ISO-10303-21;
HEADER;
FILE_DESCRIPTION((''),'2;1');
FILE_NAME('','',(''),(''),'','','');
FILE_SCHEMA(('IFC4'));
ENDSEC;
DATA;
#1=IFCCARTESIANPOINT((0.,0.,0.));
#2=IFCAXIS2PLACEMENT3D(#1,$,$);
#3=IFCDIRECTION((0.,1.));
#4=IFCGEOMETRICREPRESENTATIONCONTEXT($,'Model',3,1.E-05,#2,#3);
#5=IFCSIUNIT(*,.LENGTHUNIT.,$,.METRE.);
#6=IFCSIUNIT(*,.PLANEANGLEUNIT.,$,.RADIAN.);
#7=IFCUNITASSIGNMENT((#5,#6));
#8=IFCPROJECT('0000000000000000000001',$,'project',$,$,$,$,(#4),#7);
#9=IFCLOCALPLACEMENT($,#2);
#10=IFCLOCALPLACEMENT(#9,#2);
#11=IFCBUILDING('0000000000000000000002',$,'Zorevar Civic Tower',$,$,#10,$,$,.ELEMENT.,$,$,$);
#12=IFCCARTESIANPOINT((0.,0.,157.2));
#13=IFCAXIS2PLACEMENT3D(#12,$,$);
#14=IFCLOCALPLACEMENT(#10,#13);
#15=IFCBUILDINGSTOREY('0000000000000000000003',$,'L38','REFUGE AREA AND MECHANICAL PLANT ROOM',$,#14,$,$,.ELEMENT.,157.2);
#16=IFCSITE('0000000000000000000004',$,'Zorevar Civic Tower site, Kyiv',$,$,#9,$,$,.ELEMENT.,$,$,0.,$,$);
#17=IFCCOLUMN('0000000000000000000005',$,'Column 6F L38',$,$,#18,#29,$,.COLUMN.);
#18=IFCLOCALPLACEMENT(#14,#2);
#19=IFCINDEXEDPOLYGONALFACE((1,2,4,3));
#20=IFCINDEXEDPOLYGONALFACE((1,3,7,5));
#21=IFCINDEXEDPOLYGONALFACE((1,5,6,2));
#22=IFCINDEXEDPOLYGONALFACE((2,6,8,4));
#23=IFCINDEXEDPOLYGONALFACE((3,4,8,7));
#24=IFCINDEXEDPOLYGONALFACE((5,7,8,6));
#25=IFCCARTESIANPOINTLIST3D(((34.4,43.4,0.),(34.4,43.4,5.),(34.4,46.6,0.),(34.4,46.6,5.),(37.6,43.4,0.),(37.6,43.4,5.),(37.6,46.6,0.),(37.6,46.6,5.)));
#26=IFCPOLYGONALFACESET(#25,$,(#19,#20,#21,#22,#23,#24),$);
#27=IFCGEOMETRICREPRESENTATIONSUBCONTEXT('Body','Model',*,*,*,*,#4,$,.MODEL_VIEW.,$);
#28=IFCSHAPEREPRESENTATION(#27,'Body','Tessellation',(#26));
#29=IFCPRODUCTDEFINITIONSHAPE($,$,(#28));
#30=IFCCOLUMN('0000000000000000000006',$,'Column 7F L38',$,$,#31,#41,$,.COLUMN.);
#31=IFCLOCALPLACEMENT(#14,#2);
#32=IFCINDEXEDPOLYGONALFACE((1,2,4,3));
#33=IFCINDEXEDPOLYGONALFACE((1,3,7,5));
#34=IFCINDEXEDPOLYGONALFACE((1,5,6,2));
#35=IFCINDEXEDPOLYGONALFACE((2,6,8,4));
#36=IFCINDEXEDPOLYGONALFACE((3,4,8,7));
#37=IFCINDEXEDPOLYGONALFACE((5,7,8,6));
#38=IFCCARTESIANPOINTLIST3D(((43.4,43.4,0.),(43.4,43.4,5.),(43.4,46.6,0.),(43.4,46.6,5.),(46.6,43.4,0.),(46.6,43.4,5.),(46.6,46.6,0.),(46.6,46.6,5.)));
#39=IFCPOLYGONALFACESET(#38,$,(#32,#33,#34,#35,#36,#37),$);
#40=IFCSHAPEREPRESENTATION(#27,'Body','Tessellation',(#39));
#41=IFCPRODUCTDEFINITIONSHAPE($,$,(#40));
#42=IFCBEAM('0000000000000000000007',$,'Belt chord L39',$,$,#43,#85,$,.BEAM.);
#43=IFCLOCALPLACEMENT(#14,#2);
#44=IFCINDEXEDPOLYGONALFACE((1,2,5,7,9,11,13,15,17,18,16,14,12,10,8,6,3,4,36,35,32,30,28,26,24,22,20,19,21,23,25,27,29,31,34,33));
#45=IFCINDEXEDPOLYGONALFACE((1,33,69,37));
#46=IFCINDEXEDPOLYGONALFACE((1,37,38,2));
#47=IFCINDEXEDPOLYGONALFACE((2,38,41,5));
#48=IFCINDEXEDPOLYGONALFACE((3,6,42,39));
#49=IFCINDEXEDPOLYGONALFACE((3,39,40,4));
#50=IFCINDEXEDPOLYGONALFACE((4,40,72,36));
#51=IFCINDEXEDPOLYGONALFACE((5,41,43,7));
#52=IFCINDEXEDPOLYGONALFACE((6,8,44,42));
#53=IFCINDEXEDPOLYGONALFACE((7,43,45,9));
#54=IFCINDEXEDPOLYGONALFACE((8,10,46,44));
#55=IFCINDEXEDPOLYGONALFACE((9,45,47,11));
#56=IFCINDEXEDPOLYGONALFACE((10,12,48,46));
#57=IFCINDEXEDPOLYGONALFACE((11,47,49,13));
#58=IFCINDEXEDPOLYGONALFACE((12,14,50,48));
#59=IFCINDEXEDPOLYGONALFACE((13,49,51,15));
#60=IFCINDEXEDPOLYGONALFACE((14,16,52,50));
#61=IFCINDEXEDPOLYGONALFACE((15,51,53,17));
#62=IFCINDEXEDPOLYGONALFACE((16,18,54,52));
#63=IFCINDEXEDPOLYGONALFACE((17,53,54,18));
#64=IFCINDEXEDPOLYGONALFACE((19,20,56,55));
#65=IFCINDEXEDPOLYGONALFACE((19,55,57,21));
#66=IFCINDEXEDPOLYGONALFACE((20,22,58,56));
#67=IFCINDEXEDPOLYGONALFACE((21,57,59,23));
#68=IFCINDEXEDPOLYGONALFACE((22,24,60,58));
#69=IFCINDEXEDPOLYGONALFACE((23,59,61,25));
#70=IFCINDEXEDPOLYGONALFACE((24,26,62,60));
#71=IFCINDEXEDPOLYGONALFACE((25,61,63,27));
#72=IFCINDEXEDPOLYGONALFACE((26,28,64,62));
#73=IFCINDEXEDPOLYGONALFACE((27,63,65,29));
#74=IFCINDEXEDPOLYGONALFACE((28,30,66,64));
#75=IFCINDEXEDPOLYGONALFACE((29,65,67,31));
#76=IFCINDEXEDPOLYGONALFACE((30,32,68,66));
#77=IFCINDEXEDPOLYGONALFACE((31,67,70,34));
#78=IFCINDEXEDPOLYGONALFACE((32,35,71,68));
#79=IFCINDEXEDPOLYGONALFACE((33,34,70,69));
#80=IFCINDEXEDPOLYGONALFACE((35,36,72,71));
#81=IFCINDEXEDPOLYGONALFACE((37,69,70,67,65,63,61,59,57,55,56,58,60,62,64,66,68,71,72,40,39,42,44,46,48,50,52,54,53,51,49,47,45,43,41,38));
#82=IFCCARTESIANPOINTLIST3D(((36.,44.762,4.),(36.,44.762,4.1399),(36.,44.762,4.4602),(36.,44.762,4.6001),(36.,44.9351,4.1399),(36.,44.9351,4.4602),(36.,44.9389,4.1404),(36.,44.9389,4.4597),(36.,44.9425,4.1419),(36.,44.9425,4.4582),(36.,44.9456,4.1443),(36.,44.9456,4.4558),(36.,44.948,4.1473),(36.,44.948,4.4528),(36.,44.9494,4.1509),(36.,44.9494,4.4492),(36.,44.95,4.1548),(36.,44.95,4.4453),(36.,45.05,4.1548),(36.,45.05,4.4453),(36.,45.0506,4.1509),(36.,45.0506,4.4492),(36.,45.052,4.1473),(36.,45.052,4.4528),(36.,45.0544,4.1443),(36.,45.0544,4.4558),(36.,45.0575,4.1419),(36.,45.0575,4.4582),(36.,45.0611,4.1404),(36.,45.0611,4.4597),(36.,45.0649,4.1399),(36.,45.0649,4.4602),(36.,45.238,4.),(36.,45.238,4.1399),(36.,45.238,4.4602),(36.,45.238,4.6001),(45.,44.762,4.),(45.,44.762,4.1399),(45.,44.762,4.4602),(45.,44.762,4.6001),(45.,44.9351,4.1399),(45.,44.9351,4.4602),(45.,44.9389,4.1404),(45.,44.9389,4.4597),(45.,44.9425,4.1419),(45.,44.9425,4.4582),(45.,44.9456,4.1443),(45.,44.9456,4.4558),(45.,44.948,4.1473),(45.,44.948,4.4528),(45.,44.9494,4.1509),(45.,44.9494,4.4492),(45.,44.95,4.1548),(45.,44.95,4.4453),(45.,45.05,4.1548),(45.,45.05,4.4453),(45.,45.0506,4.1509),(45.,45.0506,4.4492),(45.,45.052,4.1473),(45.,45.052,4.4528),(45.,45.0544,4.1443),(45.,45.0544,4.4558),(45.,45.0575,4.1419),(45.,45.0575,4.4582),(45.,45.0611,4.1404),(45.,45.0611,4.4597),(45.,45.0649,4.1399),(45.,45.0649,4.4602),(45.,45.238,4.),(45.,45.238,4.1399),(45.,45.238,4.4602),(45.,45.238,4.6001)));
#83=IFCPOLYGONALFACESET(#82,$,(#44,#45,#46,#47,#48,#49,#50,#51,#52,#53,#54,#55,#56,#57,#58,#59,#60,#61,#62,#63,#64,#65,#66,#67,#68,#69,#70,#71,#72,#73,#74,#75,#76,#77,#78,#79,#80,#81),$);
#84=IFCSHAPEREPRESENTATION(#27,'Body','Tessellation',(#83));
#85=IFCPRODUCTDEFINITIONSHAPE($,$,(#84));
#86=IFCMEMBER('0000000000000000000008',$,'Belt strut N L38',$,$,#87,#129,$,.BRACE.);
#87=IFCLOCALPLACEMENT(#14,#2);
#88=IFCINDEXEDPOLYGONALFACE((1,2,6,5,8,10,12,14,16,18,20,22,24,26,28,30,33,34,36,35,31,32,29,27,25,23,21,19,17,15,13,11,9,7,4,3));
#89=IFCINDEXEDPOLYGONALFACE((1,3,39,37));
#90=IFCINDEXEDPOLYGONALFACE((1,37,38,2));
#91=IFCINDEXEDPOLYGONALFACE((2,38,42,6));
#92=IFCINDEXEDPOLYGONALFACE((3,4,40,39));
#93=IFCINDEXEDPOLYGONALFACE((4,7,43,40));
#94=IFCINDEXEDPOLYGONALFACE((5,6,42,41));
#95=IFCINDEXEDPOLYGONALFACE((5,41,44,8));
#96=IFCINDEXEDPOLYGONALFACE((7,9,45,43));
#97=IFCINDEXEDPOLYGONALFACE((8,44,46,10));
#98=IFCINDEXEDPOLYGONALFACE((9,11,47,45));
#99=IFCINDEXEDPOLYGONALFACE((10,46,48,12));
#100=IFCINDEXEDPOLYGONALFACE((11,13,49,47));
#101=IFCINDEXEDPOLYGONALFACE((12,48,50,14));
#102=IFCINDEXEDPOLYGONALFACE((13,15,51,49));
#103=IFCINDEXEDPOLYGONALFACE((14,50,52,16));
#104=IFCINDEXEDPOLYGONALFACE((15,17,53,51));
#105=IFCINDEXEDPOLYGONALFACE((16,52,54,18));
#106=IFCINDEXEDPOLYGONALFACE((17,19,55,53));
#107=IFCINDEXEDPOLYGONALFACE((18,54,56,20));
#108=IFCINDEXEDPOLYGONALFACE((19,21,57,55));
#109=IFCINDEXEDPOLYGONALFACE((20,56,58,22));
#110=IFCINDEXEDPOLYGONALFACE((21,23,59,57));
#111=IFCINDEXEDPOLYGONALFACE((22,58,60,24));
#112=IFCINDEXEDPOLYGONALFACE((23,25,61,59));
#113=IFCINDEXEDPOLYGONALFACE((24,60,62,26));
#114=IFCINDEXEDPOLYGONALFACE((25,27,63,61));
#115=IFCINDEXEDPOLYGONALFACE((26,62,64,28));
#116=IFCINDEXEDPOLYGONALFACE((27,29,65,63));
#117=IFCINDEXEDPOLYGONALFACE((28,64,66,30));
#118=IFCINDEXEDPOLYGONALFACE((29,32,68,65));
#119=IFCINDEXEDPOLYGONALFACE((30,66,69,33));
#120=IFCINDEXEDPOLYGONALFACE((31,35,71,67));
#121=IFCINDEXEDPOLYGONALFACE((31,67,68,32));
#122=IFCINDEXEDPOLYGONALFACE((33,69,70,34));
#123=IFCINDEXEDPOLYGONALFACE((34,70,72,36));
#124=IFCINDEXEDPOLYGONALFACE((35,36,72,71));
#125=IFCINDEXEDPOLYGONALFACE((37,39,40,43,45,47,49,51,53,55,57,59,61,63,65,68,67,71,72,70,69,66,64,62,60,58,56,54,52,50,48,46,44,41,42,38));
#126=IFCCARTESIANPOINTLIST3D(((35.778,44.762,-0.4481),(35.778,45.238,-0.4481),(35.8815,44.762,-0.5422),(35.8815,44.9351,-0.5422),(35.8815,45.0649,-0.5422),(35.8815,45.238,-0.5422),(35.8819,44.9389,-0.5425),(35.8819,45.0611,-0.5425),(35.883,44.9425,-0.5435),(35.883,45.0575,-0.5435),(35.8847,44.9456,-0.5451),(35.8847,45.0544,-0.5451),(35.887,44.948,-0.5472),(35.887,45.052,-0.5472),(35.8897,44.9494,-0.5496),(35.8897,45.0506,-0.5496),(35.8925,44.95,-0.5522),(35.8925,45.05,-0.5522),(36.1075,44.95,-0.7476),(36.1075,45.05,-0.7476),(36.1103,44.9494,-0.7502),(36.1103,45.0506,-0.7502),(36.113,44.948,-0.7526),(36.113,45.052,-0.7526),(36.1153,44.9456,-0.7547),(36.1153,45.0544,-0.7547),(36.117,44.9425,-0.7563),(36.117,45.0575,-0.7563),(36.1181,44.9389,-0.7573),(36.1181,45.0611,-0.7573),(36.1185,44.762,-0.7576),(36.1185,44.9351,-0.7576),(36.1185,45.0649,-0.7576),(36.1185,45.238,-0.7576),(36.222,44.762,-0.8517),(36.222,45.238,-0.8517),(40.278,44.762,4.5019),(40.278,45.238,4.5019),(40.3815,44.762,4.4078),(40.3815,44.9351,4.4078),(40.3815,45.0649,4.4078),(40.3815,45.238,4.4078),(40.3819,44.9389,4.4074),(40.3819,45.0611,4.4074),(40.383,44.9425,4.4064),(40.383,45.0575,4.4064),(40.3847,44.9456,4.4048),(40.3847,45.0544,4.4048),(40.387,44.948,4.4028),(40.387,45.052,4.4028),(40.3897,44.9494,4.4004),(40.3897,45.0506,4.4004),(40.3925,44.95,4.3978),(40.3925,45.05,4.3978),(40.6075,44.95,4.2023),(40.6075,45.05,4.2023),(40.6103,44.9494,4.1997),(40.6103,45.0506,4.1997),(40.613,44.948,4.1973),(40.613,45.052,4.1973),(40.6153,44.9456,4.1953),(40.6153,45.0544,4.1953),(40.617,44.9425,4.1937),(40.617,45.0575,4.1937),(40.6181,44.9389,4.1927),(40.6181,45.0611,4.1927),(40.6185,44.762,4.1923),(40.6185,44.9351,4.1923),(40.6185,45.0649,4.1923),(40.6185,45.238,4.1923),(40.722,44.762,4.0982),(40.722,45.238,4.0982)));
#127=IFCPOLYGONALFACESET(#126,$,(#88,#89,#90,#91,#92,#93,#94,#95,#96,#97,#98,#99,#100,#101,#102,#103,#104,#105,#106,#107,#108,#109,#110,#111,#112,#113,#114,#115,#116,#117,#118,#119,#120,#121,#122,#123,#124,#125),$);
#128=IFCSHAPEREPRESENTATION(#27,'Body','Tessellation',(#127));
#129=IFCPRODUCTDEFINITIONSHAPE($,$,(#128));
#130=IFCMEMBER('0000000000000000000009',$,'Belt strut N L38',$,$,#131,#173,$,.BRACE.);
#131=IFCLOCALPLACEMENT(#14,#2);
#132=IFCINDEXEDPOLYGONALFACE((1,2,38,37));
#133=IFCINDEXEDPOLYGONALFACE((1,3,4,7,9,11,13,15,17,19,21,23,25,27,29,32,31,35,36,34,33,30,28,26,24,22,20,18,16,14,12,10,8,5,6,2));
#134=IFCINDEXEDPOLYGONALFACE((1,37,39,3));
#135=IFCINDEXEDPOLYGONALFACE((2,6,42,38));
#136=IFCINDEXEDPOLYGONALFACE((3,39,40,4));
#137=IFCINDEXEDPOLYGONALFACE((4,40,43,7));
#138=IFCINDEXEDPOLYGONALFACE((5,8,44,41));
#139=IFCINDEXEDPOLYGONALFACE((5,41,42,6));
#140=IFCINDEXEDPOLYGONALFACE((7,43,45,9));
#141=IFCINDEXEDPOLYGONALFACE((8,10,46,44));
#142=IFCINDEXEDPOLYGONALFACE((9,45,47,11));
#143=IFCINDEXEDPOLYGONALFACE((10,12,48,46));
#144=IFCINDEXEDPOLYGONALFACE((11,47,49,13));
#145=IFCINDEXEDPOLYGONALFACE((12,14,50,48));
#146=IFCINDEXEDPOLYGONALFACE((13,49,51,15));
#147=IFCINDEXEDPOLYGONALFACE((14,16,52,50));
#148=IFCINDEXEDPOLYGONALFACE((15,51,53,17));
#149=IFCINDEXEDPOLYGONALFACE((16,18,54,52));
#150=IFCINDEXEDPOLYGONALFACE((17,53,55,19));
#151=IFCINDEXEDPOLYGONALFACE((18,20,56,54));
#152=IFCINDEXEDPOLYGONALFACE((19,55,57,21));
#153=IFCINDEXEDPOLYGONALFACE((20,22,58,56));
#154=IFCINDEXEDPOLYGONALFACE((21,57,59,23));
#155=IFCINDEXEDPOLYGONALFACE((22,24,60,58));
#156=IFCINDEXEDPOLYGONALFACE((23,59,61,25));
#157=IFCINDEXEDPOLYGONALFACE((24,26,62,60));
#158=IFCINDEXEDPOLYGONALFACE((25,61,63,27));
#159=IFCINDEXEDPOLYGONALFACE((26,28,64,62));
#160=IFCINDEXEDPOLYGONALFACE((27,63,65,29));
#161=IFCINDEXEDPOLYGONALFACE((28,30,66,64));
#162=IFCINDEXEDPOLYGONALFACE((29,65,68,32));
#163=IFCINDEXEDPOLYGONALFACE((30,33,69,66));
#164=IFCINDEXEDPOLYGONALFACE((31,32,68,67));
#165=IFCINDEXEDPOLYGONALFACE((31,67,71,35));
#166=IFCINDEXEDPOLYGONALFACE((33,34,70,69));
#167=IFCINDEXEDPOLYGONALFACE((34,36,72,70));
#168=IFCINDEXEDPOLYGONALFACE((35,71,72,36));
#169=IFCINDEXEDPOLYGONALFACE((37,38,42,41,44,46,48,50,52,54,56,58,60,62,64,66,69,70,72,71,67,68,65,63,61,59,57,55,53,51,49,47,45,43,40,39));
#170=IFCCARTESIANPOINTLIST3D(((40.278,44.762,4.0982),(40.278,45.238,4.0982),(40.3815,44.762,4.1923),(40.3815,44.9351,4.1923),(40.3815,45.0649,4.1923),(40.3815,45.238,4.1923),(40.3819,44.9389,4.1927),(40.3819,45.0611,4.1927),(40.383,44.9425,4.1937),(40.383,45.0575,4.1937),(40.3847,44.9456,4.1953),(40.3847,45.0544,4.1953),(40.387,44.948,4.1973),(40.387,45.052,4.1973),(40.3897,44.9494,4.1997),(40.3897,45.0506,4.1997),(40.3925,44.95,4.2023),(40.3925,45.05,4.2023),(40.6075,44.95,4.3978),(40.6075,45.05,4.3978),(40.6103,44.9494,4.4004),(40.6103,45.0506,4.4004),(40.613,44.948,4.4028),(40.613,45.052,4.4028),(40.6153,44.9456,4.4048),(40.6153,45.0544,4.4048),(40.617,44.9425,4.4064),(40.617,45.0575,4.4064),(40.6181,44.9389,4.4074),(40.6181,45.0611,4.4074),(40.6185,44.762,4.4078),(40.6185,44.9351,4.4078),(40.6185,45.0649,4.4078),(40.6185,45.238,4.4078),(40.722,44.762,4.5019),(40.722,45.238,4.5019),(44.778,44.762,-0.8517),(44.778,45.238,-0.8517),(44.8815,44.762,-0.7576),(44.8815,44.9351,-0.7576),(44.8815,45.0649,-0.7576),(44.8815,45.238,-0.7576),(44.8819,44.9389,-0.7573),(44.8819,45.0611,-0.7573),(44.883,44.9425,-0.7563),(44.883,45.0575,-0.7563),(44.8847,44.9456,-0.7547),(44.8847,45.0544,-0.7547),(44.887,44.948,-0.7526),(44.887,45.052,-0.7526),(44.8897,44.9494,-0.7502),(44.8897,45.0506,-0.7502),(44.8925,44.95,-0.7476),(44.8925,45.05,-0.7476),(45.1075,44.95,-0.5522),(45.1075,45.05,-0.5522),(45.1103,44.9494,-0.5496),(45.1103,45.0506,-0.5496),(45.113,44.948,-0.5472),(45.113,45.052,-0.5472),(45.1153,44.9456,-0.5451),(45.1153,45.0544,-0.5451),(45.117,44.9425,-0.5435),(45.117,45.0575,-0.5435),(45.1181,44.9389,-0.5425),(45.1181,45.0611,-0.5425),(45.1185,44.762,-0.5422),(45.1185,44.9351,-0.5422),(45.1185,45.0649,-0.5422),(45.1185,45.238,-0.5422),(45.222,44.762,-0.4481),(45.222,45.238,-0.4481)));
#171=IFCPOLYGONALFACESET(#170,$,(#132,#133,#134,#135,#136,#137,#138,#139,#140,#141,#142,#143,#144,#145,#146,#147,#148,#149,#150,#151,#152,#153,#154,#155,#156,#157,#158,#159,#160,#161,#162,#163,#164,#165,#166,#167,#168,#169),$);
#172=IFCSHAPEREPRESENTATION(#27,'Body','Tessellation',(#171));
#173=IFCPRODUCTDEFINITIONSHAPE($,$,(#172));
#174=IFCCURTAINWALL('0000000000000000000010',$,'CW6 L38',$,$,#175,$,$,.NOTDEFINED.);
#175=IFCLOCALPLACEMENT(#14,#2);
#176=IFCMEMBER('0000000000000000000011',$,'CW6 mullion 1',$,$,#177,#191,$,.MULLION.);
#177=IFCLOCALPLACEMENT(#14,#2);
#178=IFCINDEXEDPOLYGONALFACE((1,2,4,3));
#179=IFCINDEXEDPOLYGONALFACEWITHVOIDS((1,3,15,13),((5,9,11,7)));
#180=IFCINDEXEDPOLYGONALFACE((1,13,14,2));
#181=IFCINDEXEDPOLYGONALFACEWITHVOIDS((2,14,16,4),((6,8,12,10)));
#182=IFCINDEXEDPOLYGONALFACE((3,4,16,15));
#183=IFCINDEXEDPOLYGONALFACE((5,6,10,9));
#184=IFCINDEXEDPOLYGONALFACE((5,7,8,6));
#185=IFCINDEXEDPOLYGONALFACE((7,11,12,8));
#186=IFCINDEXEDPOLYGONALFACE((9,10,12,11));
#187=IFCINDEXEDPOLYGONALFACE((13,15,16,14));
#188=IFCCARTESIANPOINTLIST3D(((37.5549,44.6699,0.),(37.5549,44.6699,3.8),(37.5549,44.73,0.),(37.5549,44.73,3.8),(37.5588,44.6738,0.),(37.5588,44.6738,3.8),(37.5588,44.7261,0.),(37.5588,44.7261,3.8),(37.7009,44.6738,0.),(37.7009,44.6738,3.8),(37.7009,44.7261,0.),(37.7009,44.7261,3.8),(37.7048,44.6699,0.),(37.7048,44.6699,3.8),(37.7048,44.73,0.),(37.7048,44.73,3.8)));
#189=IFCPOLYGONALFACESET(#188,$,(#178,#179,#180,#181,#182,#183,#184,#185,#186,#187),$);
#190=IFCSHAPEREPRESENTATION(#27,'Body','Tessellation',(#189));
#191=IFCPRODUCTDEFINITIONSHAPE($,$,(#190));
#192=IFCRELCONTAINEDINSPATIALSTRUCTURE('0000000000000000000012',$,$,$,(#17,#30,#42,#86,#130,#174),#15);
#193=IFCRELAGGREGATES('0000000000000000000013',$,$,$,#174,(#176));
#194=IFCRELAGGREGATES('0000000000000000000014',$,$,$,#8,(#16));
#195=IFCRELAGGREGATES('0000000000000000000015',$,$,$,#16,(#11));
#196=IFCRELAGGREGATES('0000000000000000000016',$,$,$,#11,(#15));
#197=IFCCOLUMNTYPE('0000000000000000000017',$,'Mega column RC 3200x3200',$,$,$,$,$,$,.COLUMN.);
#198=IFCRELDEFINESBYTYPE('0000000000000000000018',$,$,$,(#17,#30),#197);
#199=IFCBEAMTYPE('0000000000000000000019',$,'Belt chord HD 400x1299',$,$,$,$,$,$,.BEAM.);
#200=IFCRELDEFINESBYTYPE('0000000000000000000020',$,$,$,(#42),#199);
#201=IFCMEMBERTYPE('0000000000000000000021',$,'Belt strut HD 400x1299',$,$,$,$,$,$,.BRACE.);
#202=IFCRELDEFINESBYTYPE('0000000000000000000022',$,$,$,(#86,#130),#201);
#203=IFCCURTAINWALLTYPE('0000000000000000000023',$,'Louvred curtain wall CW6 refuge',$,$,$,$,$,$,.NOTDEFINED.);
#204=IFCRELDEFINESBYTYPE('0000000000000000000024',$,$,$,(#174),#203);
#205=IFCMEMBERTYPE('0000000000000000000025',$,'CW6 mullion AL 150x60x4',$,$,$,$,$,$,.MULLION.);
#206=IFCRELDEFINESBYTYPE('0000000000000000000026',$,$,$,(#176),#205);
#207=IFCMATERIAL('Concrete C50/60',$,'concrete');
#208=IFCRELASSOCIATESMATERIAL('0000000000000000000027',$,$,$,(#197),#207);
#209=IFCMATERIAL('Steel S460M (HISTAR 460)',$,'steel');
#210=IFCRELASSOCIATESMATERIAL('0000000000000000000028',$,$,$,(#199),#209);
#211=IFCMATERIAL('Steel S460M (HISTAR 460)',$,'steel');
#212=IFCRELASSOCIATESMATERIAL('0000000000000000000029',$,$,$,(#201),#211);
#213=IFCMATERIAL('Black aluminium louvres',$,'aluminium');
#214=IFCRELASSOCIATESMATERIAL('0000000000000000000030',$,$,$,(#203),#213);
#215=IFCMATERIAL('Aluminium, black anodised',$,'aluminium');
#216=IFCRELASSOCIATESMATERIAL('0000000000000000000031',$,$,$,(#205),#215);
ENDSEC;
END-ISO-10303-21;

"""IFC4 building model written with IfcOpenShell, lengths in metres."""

from ifc_helpers import new_model, si_unit, direction, frame, origin, origin_2d, place, context, subcontext, project, spatial, rectangle, hollow_rectangle, i_section, extrude, material, material_profile, profile_set, type_object, element, aggregate, save


model = new_model("IFC4")

# Units and contexts
model_context = context("Model", 3, precision=1e-05, world=origin(), true_north=direction((0.0, 1.0)))
body_context = subcontext(model_context, "Body", "Model", "MODEL_VIEW")
ifc_project = project(units=[si_unit("LENGTHUNIT", "METRE"), si_unit("PLANEANGLEUNIT", "RADIAN")], contexts=[model_context])

# Site, building, storey
site_placement = place(None, origin())
site = spatial("IfcSite", under=ifc_project, at=site_placement, Name="Zorevar Civic Tower site, Kyiv", CompositionType="ELEMENT", RefElevation=0.0)
building_placement = place(site_placement, origin())
building = spatial("IfcBuilding", under=site, at=building_placement, Name="Zorevar Civic Tower", CompositionType="ELEMENT")
storey_placement = place(building_placement, frame((0.0, 0.0, 157.2)))
storey = spatial("IfcBuildingStorey", under=building, at=storey_placement, Name="L38", Description="REFUGE AREA AND MECHANICAL PLANT ROOM", CompositionType="ELEMENT", Elevation=157.2)

# Columns
ifc_material_1 = material(Name="Concrete C50/60", Category="concrete")
ifc_material_profile_1 = material_profile(ifc_material_1, rectangle(XDim=3.2, YDim=3.2, at=origin_2d()), Name="RC 3200x3200")
ifc_profile_set_1 = profile_set([ifc_material_profile_1], Name="Concrete C50/60")
column_type = type_object("IfcColumnType", Name="Mega column RC 3200x3200", PredefinedType="COLUMN", material=ifc_profile_set_1)
for number, where, z_axis, x_axis, name in (
    (1, (36.0, 45.0, 0.0), (0.0, 0.0, 1.0), (1.0, 0.0, 0.0), "Column 6F L38"),
    (2, (45.0, 45.0, 0.0), (0.0, 0.0, 1.0), (1.0, 0.0, 0.0), "Column 7F L38"),
):
    element("IfcColumn", number, at=place(storey_placement, frame(where, z_axis=z_axis, x_axis=x_axis)), inside=storey, type_object=column_type, Name=name, PredefinedType="COLUMN", context=body_context, shape_type="SweptSolid", body=[
        extrude(rectangle(XDim=3.2, YDim=3.2, at=origin_2d()), origin(), (0.0, 0.0, 1.0), 5.0),
    ])

# Beam
ifc_material_2 = material(Name="Steel S460M (HISTAR 460)", Category="steel")
ifc_material_profile_2 = material_profile(ifc_material_2, i_section(OverallWidth=0.4761, OverallDepth=0.6001, WebThickness=0.1001, FlangeThickness=0.1399, FilletRadius=0.0149, at=origin_2d()), Name="HD 400x1299")
ifc_profile_set_2 = profile_set([ifc_material_profile_2], Name="Steel S460M (HISTAR 460)")
beam_type_1 = type_object("IfcBeamType", Name="Belt chord HD 400x1299", PredefinedType="BEAM", material=ifc_profile_set_2)
beam_placement = place(storey_placement, frame((36.0, 45.0, 4.3), z_axis=(1.0, 0.0, 0.0), x_axis=(0.0, 1.0, 0.0)))
element("IfcBeam", 3, at=beam_placement, inside=storey, type_object=beam_type_1, Name="Belt chord L39", PredefinedType="BEAM", context=body_context, shape_type="SweptSolid", body=[
    extrude(i_section(OverallWidth=0.4761, OverallDepth=0.6001, WebThickness=0.1001, FlangeThickness=0.1399, FilletRadius=0.0149, at=origin_2d()), origin(), (0.0, 0.0, 1.0), 9.0),
])

# Members
ifc_material_3 = material(Name="Steel S460M (HISTAR 460)", Category="steel")
ifc_material_profile_3 = material_profile(ifc_material_3, i_section(OverallWidth=0.4761, OverallDepth=0.6001, WebThickness=0.1001, FlangeThickness=0.1399, FilletRadius=0.0149, at=origin_2d()), Name="HD 400x1299")
ifc_profile_set_3 = profile_set([ifc_material_profile_3], Name="Steel S460M (HISTAR 460)")
member_type_1 = type_object("IfcMemberType", Name="Belt strut HD 400x1299", PredefinedType="BRACE", material=ifc_profile_set_3)
for number, where, z_axis, x_axis, name in (
    (4, (36.0, 45.0, -0.6499), (0.672676, 0.0, 0.739937), (0.0, 1.0, 0.0), "Belt strut N L38"),
    (5, (45.0, 45.0, -0.6499), (-0.672676, 0.0, 0.739937), (0.0, -1.0, 0.0), "Belt strut N L38"),
):
    element("IfcMember", number, at=place(storey_placement, frame(where, z_axis=z_axis, x_axis=x_axis)), inside=storey, type_object=member_type_1, Name=name, PredefinedType="BRACE", context=body_context, shape_type="SweptSolid", body=[
        extrude(i_section(OverallWidth=0.4761, OverallDepth=0.6001, WebThickness=0.1001, FlangeThickness=0.1399, FilletRadius=0.0149, at=origin_2d()), origin(), (0.0, 0.0, 1.0), 6.6897),
    ])

# Curtain wall, member
ifc_material_4 = material(Name="Black aluminium louvres", Category="aluminium")
curtain_wall_type = type_object("IfcCurtainWallType", Name="Louvred curtain wall CW6 refuge", PredefinedType="NOTDEFINED", material=ifc_material_4)
curtain_wall_placement = place(storey_placement, origin())
curtain_wall = element("IfcCurtainWall", 6, at=curtain_wall_placement, inside=storey, type_object=curtain_wall_type, Name="CW6 L38", PredefinedType="NOTDEFINED")
ifc_material_5 = material(Name="Aluminium, black anodised", Category="aluminium")
ifc_material_profile_4 = material_profile(ifc_material_5, hollow_rectangle(XDim=0.0601, YDim=0.1499, WallThickness=0.0039, at=origin_2d()), Name="AL 150x60x4")
ifc_profile_set_4 = profile_set([ifc_material_profile_4], Name="Aluminium, black anodised")
member_type_2 = type_object("IfcMemberType", Name="CW6 mullion AL 150x60x4", PredefinedType="MULLION", material=ifc_profile_set_4)
member_1_placement = place(storey_placement, frame((37.6299, 44.7, 0.0), z_axis=(0.0, 0.0, 1.0), x_axis=(0.0, 1.0, 0.0)))
member_1 = element("IfcMember", 7, at=member_1_placement, type_object=member_type_2, Name="CW6 mullion 1", PredefinedType="MULLION", context=body_context, shape_type="SweptSolid", body=[
    extrude(hollow_rectangle(XDim=0.0601, YDim=0.1499, WallThickness=0.0039, at=origin_2d()), origin(), (0.0, 0.0, 1.0), 3.8),
])

aggregate(curtain_wall, [member_1])

save(model, "model.ifc")
